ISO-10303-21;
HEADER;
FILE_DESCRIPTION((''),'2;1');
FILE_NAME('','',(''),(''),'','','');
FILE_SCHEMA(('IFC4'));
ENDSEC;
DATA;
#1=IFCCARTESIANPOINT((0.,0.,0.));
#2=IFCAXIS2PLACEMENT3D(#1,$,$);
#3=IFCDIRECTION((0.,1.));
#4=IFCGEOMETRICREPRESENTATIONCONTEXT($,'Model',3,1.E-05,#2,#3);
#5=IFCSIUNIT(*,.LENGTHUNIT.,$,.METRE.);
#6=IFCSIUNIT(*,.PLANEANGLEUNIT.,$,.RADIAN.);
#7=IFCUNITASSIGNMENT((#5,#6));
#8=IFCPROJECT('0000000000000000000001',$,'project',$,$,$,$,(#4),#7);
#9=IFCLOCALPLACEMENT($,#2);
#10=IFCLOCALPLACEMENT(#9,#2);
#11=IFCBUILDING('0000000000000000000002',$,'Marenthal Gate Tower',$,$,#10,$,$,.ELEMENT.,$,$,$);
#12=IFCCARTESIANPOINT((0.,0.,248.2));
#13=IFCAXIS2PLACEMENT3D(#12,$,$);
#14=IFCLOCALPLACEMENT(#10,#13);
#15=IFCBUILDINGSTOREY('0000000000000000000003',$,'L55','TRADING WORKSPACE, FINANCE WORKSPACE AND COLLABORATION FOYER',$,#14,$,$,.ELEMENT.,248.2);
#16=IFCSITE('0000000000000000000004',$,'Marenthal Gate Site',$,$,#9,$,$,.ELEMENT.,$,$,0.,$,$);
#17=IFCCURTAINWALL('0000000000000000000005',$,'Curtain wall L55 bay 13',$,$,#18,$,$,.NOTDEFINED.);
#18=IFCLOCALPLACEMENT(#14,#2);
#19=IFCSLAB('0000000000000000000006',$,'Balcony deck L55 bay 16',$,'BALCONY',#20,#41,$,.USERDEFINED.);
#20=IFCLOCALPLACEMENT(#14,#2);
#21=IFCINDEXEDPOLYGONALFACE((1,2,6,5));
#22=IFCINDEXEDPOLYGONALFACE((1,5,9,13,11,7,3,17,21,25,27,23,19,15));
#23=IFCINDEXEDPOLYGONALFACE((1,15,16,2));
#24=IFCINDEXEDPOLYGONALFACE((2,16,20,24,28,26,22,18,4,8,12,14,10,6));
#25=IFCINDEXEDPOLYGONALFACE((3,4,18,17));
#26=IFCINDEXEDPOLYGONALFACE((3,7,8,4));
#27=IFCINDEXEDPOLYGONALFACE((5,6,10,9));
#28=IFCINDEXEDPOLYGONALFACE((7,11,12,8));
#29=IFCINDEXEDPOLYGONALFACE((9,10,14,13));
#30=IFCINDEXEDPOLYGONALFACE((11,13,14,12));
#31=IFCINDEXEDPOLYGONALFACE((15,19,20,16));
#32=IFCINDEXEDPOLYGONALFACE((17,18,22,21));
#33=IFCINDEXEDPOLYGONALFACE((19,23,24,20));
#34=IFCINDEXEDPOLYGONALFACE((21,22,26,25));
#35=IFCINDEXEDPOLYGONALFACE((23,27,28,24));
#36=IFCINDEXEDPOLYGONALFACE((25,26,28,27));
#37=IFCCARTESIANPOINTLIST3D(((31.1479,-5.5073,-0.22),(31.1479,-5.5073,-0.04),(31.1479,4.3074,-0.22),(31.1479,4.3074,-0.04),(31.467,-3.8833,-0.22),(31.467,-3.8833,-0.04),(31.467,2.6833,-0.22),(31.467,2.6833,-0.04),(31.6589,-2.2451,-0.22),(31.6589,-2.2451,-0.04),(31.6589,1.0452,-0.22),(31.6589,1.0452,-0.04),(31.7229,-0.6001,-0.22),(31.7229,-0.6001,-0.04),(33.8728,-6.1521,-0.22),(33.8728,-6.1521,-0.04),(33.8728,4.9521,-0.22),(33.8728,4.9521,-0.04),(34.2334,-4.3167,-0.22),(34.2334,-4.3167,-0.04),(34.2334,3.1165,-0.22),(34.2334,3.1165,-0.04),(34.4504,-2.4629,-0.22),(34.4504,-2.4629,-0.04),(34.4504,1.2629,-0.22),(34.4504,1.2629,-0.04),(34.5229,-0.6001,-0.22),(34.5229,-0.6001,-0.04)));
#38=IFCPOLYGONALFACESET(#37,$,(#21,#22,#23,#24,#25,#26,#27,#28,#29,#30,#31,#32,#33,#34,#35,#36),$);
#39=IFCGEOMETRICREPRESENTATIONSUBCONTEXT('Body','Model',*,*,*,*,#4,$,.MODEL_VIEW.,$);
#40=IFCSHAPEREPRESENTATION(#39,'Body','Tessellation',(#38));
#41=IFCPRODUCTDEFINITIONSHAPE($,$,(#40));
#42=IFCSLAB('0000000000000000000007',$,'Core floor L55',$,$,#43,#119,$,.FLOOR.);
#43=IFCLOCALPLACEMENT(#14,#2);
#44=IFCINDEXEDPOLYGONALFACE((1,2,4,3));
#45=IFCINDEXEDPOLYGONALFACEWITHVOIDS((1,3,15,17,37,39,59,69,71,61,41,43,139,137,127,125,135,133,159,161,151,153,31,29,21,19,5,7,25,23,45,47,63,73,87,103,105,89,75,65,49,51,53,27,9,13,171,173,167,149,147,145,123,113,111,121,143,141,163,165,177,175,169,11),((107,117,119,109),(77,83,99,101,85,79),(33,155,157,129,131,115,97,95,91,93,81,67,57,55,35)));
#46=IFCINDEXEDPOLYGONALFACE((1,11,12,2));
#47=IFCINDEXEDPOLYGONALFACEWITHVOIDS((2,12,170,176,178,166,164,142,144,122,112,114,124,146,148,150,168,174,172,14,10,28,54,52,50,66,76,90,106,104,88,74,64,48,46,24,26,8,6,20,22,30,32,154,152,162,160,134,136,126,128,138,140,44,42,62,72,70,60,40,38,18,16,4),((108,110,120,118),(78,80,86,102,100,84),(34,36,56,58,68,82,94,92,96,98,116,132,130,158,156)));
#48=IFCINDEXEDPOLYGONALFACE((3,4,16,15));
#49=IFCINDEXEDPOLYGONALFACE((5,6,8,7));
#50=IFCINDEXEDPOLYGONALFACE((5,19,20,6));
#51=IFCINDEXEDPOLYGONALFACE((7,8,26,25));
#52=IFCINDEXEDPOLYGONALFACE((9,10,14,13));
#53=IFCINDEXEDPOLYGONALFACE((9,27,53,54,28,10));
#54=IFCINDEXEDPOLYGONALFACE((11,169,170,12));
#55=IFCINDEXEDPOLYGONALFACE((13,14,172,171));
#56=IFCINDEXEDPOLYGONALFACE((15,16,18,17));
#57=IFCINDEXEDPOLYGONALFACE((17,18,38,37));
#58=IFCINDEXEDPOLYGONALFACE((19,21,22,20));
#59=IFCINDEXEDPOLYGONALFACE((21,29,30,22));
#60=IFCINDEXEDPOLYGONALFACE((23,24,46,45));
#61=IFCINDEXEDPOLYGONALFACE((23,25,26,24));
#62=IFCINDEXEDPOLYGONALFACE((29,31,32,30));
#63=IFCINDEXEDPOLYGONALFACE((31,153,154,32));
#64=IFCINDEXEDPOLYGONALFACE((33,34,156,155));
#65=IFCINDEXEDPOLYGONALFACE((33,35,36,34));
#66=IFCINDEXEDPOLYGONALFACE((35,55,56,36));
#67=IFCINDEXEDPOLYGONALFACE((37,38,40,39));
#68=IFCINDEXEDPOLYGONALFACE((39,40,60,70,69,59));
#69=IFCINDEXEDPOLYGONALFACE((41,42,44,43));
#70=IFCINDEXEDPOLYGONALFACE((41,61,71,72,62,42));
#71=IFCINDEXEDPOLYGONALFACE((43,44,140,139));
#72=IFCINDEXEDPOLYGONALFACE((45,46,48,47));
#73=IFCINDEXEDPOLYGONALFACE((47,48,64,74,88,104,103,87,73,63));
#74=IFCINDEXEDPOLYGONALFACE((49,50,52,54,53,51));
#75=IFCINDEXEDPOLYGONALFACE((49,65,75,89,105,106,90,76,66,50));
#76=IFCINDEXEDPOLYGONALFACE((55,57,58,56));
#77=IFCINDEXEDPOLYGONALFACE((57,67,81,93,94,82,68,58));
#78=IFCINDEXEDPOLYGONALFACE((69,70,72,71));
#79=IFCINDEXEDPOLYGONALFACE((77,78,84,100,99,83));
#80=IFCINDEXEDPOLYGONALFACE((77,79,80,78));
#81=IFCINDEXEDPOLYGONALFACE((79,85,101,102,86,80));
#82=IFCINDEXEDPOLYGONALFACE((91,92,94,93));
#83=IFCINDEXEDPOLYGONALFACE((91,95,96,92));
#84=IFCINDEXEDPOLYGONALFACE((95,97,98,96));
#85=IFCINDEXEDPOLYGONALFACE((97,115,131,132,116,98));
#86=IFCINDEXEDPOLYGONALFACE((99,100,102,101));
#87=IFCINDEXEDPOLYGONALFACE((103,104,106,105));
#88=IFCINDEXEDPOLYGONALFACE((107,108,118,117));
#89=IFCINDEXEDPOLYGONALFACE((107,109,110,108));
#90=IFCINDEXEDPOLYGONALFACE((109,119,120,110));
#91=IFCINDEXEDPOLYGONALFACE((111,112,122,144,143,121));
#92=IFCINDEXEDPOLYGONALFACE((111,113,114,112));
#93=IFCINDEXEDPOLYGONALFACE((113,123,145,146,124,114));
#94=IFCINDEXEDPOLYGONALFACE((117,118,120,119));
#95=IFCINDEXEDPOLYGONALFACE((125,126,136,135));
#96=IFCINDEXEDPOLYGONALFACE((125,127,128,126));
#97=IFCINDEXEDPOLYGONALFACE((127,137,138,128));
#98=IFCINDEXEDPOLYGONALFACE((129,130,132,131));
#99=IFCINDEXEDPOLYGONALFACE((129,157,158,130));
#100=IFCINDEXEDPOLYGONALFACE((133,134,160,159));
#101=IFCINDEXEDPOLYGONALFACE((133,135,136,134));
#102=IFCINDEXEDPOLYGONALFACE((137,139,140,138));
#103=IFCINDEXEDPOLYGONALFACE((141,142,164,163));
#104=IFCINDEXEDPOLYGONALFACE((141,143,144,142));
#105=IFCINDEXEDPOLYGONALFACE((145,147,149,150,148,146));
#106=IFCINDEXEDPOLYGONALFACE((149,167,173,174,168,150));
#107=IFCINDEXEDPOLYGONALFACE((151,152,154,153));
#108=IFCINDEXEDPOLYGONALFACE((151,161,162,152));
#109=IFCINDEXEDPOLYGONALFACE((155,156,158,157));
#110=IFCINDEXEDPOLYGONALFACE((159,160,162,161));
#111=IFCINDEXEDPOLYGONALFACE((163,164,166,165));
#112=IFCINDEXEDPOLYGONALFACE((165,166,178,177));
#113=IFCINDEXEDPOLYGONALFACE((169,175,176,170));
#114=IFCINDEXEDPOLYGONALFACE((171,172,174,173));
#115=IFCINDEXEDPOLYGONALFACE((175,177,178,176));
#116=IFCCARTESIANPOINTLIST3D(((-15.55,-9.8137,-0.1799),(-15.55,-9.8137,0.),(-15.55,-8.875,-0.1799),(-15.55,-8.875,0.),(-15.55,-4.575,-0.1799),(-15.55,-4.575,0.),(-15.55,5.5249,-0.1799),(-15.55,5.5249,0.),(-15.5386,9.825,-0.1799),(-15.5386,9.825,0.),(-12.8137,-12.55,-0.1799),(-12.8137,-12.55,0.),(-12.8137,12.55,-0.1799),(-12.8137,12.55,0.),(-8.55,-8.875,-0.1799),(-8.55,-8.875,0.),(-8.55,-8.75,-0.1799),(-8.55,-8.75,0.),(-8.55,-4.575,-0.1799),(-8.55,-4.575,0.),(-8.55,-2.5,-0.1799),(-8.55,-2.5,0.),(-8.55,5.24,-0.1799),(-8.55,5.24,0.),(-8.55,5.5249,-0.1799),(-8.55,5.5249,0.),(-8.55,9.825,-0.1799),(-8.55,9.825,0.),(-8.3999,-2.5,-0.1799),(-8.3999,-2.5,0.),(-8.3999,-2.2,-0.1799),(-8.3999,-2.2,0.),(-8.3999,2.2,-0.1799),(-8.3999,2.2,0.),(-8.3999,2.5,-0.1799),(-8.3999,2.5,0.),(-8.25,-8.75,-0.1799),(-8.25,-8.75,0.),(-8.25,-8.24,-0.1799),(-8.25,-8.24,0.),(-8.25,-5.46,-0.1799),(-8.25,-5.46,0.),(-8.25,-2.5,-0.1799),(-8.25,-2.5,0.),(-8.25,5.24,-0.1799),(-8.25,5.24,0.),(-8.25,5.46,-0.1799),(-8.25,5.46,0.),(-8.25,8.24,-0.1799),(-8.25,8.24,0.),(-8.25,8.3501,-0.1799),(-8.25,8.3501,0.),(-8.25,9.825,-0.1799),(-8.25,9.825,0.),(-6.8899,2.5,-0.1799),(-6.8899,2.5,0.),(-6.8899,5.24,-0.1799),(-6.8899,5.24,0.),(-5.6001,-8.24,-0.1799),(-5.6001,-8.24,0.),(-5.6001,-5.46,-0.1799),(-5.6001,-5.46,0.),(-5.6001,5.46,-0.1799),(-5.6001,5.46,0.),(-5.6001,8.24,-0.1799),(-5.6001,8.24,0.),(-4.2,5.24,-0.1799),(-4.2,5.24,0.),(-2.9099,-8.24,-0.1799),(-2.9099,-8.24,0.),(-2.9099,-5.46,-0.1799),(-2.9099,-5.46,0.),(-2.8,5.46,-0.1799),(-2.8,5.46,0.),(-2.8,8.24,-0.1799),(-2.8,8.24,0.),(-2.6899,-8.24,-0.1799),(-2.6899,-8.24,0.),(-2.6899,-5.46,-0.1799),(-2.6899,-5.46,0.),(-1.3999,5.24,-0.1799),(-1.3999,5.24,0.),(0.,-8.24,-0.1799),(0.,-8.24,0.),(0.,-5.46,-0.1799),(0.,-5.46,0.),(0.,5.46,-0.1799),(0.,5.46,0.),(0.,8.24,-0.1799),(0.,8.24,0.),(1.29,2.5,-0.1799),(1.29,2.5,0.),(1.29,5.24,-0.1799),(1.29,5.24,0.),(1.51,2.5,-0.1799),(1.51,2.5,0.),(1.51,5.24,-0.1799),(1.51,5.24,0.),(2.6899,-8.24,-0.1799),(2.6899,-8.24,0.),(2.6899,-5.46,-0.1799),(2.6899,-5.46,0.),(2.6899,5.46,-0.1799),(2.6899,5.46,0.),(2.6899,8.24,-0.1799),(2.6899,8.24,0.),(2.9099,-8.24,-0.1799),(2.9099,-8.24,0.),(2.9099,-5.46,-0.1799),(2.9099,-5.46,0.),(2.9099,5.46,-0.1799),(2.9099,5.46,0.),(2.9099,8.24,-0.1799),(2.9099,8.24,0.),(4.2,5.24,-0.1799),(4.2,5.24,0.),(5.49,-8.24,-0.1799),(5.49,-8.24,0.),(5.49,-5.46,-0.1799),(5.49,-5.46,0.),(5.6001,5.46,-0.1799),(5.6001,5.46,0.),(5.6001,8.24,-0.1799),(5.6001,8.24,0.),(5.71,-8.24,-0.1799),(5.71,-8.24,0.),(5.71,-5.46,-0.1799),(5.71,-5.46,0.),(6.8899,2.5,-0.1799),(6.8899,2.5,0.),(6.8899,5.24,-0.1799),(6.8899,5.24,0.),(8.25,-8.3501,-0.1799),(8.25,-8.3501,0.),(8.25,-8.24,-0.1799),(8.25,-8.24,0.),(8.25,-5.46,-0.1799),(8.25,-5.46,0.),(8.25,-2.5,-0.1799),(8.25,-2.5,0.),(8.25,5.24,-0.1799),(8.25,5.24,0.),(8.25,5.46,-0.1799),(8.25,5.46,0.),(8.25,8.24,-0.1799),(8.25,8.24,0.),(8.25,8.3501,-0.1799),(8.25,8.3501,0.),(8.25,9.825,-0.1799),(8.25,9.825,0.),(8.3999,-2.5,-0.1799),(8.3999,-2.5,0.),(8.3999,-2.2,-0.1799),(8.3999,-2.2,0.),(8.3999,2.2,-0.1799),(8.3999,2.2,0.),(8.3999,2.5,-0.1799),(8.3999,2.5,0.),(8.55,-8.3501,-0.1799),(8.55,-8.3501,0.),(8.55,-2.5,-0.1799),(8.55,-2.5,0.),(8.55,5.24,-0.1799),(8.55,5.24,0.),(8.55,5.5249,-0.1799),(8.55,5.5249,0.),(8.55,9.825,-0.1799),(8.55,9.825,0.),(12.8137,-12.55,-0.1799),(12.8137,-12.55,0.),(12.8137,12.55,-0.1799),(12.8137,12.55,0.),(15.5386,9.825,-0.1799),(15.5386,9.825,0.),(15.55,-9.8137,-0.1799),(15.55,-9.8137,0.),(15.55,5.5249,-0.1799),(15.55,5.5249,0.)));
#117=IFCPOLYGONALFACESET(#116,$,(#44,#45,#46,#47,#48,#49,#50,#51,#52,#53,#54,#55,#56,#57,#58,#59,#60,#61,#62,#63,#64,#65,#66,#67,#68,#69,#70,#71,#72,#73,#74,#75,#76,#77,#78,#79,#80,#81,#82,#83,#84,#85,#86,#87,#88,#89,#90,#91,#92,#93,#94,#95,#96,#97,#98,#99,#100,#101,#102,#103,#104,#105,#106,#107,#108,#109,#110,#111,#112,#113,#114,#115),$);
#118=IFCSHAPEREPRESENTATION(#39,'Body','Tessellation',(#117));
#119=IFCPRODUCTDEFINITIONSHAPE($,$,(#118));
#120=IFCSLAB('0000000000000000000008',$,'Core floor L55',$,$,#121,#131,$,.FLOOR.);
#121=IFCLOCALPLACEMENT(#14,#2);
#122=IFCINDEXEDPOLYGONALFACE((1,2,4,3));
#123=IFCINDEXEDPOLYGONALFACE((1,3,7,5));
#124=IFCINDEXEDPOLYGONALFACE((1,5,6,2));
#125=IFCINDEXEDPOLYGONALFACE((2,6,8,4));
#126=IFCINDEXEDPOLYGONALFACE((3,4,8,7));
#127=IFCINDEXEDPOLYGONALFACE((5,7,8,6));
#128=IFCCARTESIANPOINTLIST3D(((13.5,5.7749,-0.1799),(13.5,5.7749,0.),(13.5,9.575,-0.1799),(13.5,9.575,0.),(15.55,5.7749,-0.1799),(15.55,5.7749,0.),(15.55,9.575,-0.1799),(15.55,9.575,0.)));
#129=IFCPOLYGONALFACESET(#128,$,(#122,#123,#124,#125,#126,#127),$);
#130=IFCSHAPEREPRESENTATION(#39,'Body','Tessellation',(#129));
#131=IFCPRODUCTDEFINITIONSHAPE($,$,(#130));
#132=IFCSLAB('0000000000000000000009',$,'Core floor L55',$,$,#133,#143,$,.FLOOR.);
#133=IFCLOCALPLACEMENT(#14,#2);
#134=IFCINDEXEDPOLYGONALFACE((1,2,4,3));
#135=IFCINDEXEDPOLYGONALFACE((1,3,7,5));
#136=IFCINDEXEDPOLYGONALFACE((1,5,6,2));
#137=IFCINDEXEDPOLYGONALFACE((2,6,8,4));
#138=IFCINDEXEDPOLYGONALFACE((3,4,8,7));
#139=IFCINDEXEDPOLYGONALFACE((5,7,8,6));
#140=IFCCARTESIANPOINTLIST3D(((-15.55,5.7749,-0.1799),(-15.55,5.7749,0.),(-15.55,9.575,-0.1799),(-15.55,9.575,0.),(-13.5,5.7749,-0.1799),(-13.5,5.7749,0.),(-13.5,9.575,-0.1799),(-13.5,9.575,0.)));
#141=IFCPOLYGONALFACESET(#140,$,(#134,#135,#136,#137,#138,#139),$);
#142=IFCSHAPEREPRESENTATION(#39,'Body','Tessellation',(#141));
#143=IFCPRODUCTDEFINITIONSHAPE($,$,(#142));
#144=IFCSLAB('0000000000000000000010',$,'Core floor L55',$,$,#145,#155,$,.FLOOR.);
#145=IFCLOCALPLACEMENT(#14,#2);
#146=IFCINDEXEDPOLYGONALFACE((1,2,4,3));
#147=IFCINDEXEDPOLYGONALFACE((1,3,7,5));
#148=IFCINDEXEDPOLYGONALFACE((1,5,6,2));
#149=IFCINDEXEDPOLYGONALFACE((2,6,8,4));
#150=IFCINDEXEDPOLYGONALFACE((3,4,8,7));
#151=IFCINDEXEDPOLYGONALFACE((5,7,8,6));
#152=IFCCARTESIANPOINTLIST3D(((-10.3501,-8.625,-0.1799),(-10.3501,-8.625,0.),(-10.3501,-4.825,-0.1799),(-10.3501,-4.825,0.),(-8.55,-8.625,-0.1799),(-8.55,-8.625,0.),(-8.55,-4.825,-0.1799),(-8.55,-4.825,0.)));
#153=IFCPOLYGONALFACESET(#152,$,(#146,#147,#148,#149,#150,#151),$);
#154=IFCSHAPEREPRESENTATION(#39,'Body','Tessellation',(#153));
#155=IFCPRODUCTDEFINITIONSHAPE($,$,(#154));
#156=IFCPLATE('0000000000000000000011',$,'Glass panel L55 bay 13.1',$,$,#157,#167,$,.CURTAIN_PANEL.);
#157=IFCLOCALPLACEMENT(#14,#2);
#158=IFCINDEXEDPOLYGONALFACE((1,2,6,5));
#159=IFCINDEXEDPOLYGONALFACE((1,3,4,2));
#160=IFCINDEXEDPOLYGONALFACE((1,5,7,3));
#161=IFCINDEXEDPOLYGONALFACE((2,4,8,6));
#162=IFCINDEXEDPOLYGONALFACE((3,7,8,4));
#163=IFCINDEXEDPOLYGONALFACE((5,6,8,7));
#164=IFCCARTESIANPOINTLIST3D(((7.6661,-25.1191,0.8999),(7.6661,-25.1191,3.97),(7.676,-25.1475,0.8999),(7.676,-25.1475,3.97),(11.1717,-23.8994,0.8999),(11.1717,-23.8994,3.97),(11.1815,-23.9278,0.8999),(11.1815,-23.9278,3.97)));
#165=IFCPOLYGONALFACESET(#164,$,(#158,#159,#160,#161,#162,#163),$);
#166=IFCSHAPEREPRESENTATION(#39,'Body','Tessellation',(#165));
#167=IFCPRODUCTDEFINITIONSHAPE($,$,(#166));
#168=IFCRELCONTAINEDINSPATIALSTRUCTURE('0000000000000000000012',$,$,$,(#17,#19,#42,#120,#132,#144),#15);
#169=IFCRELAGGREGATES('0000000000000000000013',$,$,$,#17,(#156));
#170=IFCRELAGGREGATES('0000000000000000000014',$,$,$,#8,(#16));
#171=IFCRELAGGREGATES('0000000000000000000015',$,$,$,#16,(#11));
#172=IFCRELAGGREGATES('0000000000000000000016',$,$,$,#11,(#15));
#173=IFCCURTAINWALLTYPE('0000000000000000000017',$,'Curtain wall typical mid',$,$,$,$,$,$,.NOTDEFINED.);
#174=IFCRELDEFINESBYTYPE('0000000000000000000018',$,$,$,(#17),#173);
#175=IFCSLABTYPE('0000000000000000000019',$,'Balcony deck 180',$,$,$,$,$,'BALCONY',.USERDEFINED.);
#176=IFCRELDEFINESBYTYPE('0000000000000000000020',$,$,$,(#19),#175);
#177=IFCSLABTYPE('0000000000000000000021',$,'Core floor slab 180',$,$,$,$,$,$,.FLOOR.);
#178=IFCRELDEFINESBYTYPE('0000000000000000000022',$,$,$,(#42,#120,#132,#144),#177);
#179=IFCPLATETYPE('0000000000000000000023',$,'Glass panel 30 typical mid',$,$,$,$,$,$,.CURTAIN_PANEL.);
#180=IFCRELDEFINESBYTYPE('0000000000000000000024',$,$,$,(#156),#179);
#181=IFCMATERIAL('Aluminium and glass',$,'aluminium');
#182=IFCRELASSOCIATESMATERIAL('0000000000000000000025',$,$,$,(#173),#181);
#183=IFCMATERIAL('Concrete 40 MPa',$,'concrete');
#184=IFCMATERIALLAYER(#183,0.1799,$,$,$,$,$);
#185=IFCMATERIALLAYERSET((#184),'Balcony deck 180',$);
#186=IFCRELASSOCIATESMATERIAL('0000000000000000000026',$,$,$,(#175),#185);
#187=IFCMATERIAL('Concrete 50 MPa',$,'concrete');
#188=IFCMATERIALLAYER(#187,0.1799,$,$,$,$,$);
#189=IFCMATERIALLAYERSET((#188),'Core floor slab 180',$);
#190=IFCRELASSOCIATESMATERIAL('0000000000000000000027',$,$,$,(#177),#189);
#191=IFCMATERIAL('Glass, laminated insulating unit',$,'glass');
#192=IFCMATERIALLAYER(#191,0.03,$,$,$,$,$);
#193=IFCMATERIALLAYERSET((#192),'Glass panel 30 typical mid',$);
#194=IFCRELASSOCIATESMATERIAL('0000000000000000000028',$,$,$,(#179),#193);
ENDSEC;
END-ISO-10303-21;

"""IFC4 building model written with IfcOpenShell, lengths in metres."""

from ifc_helpers import new_model, si_unit, direction, frame, origin, origin_2d, place, context, subcontext, project, spatial, polyline, rectangle, outline, extrude, material, layer, layer_set, type_object, element, aggregate, save


model = new_model("IFC4")

# Units and contexts
model_context = context("Model", 3, precision=1e-05, world=origin(), true_north=direction((0.0, 1.0)))
body_context = subcontext(model_context, "Body", "Model", "MODEL_VIEW")
ifc_project = project(units=[si_unit("LENGTHUNIT", "METRE"), si_unit("PLANEANGLEUNIT", "RADIAN")], contexts=[model_context])

# Site, building, storey
site_placement = place(None, origin())
site = spatial("IfcSite", under=ifc_project, at=site_placement, Name="Marenthal Gate Site", CompositionType="ELEMENT", RefElevation=0.0)
building_placement = place(site_placement, origin())
building = spatial("IfcBuilding", under=site, at=building_placement, Name="Marenthal Gate Tower", CompositionType="ELEMENT")
storey_placement = place(building_placement, frame((0.0, 0.0, 248.2)))
storey = spatial("IfcBuildingStorey", under=building, at=storey_placement, Name="L55", Description="TRADING WORKSPACE, FINANCE WORKSPACE AND COLLABORATION FOYER", CompositionType="ELEMENT", Elevation=248.2)

# Curtain wall
ifc_material_1 = material(Name="Aluminium and glass", Category="aluminium")
curtain_wall_type = type_object("IfcCurtainWallType", Name="Curtain wall typical mid", PredefinedType="NOTDEFINED", material=ifc_material_1)
curtain_wall_placement = place(storey_placement, origin())
curtain_wall = element("IfcCurtainWall", 1, at=curtain_wall_placement, inside=storey, type_object=curtain_wall_type, Name="Curtain wall L55 bay 13", PredefinedType="NOTDEFINED")

# Slabs
ifc_material_2 = material(Name="Concrete 40 MPa", Category="concrete")
ifc_layer_1 = layer(ifc_material_2, 0.1799)
ifc_layer_set_1 = layer_set([ifc_layer_1], Name="Balcony deck 180")
slab_type_1 = type_object("IfcSlabType", Name="Balcony deck 180", ElementType="BALCONY", PredefinedType="USERDEFINED", material=ifc_layer_set_1)
slab_1_placement = place(storey_placement, frame((0.0, 0.0, -0.22)))
element("IfcSlab", 2, at=slab_1_placement, inside=storey, type_object=slab_type_1, Name="Balcony deck L55 bay 16", ObjectType="BALCONY", PredefinedType="USERDEFINED", context=body_context, shape_type="SweptSolid", body=[
    extrude(outline(polyline([(31.1479, -5.5073), (31.467, -3.8833), (31.6589, -2.2451), (31.7229, -0.6001), (31.6589, 1.0452), (31.467, 2.6833), (31.1479, 4.3074), (33.8728, 4.9521), (34.2334, 3.1165), (34.4504, 1.2629), (34.5229, -0.6001), (34.4504, -2.4629), (34.2334, -4.3167), (33.8728, -6.1521), (31.1479, -5.5073)])), origin(), (0.0, 0.0, 1.0), 0.1799),
])
ifc_material_3 = material(Name="Concrete 50 MPa", Category="concrete")
ifc_layer_2 = layer(ifc_material_3, 0.1799)
ifc_layer_set_2 = layer_set([ifc_layer_2], Name="Core floor slab 180")
slab_type_2 = type_object("IfcSlabType", Name="Core floor slab 180", PredefinedType="FLOOR", material=ifc_layer_set_2)
slab_2_placement = place(storey_placement, frame((0.0, 0.0, -0.1799)))
element("IfcSlab", 3, at=slab_2_placement, inside=storey, type_object=slab_type_2, Name="Core floor L55", PredefinedType="FLOOR", context=body_context, shape_type="SweptSolid", body=[
    extrude(outline(polyline([(12.8137, -12.55), (-12.8137, -12.55), (-15.55, -9.8137), (-15.55, -8.875), (-8.55, -8.875), (-8.55, -8.75), (-8.25, -8.75), (-8.25, -8.24), (-5.6001, -8.24), (-2.9099, -8.24), (-2.9099, -5.46), (-5.6001, -5.46), (-8.25, -5.46), (-8.25, -2.5), (8.25, -2.5), (8.25, -5.46), (5.71, -5.46), (5.71, -8.24), (8.25, -8.24), (8.25, -8.3501), (8.55, -8.3501), (8.55, -2.5), (8.3999, -2.5), (8.3999, -2.2), (-8.3999, -2.2), (-8.3999, -2.5), (-8.55, -2.5), (-8.55, -4.575), (-15.55, -4.575), (-15.55, 5.5249), (-8.55, 5.5249), (-8.55, 5.24), (-8.25, 5.24), (-8.25, 5.46), (-5.6001, 5.46), (-2.8, 5.46), (0.0, 5.46), (2.6899, 5.46), (2.6899, 8.24), (0.0, 8.24), (-2.8, 8.24), (-5.6001, 8.24), (-8.25, 8.24), (-8.25, 8.3501), (-8.25, 9.825), (-8.55, 9.825), (-15.5386, 9.825), (-12.8137, 12.55), (12.8137, 12.55), (15.5386, 9.825), (8.55, 9.825), (8.25, 9.825), (8.25, 8.3501), (8.25, 8.24), (5.6001, 8.24), (2.9099, 8.24), (2.9099, 5.46), (5.6001, 5.46), (8.25, 5.46), (8.25, 5.24), (8.55, 5.24), (8.55, 5.5249), (15.55, 5.5249), (15.55, -9.8137), (12.8137, -12.55)]), holes=[polyline([(2.6899, -8.24), (2.6899, -5.46), (0.0, -5.46), (-2.6899, -5.46), (-2.6899, -8.24), (0.0, -8.24), (2.6899, -8.24)]), polyline([(-6.8899, 5.24), (-6.8899, 2.5), (-8.3999, 2.5), (-8.3999, 2.2), (8.3999, 2.2), (8.3999, 2.5), (6.8899, 2.5), (6.8899, 5.24), (4.2, 5.24), (1.51, 5.24), (1.51, 2.5), (1.29, 2.5), (1.29, 5.24), (-1.3999, 5.24), (-4.2, 5.24), (-6.8899, 5.24)]), polyline([(5.49, -5.46), (2.9099, -5.46), (2.9099, -8.24), (5.49, -8.24), (5.49, -5.46)])]), origin(), (0.0, 0.0, 1.0), 0.1799),
])
slab_3_placement = place(storey_placement, frame((0.0, 0.0, -0.1799)))
element("IfcSlab", 4, at=slab_3_placement, inside=storey, type_object=slab_type_2, Name="Core floor L55", PredefinedType="FLOOR", context=body_context, shape_type="SweptSolid", body=[
    extrude(outline(polyline([(15.55, 5.7749), (13.5, 5.7749), (13.5, 9.575), (15.55, 9.575), (15.55, 5.7749)])), origin(), (0.0, 0.0, 1.0), 0.1799),
])
slab_4_placement = place(storey_placement, frame((0.0, 0.0, -0.1799)))
element("IfcSlab", 5, at=slab_4_placement, inside=storey, type_object=slab_type_2, Name="Core floor L55", PredefinedType="FLOOR", context=body_context, shape_type="SweptSolid", body=[
    extrude(outline(polyline([(-15.55, 9.575), (-13.5, 9.575), (-13.5, 5.7749), (-15.55, 5.7749), (-15.55, 9.575)])), origin(), (0.0, 0.0, 1.0), 0.1799),
])
slab_5_placement = place(storey_placement, frame((0.0, 0.0, -0.1799)))
element("IfcSlab", 6, at=slab_5_placement, inside=storey, type_object=slab_type_2, Name="Core floor L55", PredefinedType="FLOOR", context=body_context, shape_type="SweptSolid", body=[
    extrude(outline(polyline([(-8.55, -8.625), (-10.3501, -8.625), (-10.3501, -4.825), (-8.55, -4.825), (-8.55, -8.625)])), origin(), (0.0, 0.0, 1.0), 0.1799),
])

# Plate
ifc_material_4 = material(Name="Glass, laminated insulating unit", Category="glass")
ifc_layer_3 = layer(ifc_material_4, 0.03)
ifc_layer_set_3 = layer_set([ifc_layer_3], Name="Glass panel 30 typical mid")
plate_type = type_object("IfcPlateType", Name="Glass panel 30 typical mid", PredefinedType="CURTAIN_PANEL", material=ifc_layer_set_3)
plate_1_placement = place(storey_placement, frame((9.4238, -24.5234, 0.8999), z_axis=(0.0, 0.0, 1.0), x_axis=(0.944465, 0.328612, 0.0)))
plate_1 = element("IfcPlate", 7, at=plate_1_placement, type_object=plate_type, Name="Glass panel L55 bay 13.1", PredefinedType="CURTAIN_PANEL", context=body_context, shape_type="SweptSolid", body=[
    extrude(rectangle(XDim=3.7117, YDim=0.03, at=origin_2d()), origin(), (0.0, 0.0, 1.0), 3.0701),
])
aggregate(curtain_wall, [plate_1])

save(model, "model.ifc")
